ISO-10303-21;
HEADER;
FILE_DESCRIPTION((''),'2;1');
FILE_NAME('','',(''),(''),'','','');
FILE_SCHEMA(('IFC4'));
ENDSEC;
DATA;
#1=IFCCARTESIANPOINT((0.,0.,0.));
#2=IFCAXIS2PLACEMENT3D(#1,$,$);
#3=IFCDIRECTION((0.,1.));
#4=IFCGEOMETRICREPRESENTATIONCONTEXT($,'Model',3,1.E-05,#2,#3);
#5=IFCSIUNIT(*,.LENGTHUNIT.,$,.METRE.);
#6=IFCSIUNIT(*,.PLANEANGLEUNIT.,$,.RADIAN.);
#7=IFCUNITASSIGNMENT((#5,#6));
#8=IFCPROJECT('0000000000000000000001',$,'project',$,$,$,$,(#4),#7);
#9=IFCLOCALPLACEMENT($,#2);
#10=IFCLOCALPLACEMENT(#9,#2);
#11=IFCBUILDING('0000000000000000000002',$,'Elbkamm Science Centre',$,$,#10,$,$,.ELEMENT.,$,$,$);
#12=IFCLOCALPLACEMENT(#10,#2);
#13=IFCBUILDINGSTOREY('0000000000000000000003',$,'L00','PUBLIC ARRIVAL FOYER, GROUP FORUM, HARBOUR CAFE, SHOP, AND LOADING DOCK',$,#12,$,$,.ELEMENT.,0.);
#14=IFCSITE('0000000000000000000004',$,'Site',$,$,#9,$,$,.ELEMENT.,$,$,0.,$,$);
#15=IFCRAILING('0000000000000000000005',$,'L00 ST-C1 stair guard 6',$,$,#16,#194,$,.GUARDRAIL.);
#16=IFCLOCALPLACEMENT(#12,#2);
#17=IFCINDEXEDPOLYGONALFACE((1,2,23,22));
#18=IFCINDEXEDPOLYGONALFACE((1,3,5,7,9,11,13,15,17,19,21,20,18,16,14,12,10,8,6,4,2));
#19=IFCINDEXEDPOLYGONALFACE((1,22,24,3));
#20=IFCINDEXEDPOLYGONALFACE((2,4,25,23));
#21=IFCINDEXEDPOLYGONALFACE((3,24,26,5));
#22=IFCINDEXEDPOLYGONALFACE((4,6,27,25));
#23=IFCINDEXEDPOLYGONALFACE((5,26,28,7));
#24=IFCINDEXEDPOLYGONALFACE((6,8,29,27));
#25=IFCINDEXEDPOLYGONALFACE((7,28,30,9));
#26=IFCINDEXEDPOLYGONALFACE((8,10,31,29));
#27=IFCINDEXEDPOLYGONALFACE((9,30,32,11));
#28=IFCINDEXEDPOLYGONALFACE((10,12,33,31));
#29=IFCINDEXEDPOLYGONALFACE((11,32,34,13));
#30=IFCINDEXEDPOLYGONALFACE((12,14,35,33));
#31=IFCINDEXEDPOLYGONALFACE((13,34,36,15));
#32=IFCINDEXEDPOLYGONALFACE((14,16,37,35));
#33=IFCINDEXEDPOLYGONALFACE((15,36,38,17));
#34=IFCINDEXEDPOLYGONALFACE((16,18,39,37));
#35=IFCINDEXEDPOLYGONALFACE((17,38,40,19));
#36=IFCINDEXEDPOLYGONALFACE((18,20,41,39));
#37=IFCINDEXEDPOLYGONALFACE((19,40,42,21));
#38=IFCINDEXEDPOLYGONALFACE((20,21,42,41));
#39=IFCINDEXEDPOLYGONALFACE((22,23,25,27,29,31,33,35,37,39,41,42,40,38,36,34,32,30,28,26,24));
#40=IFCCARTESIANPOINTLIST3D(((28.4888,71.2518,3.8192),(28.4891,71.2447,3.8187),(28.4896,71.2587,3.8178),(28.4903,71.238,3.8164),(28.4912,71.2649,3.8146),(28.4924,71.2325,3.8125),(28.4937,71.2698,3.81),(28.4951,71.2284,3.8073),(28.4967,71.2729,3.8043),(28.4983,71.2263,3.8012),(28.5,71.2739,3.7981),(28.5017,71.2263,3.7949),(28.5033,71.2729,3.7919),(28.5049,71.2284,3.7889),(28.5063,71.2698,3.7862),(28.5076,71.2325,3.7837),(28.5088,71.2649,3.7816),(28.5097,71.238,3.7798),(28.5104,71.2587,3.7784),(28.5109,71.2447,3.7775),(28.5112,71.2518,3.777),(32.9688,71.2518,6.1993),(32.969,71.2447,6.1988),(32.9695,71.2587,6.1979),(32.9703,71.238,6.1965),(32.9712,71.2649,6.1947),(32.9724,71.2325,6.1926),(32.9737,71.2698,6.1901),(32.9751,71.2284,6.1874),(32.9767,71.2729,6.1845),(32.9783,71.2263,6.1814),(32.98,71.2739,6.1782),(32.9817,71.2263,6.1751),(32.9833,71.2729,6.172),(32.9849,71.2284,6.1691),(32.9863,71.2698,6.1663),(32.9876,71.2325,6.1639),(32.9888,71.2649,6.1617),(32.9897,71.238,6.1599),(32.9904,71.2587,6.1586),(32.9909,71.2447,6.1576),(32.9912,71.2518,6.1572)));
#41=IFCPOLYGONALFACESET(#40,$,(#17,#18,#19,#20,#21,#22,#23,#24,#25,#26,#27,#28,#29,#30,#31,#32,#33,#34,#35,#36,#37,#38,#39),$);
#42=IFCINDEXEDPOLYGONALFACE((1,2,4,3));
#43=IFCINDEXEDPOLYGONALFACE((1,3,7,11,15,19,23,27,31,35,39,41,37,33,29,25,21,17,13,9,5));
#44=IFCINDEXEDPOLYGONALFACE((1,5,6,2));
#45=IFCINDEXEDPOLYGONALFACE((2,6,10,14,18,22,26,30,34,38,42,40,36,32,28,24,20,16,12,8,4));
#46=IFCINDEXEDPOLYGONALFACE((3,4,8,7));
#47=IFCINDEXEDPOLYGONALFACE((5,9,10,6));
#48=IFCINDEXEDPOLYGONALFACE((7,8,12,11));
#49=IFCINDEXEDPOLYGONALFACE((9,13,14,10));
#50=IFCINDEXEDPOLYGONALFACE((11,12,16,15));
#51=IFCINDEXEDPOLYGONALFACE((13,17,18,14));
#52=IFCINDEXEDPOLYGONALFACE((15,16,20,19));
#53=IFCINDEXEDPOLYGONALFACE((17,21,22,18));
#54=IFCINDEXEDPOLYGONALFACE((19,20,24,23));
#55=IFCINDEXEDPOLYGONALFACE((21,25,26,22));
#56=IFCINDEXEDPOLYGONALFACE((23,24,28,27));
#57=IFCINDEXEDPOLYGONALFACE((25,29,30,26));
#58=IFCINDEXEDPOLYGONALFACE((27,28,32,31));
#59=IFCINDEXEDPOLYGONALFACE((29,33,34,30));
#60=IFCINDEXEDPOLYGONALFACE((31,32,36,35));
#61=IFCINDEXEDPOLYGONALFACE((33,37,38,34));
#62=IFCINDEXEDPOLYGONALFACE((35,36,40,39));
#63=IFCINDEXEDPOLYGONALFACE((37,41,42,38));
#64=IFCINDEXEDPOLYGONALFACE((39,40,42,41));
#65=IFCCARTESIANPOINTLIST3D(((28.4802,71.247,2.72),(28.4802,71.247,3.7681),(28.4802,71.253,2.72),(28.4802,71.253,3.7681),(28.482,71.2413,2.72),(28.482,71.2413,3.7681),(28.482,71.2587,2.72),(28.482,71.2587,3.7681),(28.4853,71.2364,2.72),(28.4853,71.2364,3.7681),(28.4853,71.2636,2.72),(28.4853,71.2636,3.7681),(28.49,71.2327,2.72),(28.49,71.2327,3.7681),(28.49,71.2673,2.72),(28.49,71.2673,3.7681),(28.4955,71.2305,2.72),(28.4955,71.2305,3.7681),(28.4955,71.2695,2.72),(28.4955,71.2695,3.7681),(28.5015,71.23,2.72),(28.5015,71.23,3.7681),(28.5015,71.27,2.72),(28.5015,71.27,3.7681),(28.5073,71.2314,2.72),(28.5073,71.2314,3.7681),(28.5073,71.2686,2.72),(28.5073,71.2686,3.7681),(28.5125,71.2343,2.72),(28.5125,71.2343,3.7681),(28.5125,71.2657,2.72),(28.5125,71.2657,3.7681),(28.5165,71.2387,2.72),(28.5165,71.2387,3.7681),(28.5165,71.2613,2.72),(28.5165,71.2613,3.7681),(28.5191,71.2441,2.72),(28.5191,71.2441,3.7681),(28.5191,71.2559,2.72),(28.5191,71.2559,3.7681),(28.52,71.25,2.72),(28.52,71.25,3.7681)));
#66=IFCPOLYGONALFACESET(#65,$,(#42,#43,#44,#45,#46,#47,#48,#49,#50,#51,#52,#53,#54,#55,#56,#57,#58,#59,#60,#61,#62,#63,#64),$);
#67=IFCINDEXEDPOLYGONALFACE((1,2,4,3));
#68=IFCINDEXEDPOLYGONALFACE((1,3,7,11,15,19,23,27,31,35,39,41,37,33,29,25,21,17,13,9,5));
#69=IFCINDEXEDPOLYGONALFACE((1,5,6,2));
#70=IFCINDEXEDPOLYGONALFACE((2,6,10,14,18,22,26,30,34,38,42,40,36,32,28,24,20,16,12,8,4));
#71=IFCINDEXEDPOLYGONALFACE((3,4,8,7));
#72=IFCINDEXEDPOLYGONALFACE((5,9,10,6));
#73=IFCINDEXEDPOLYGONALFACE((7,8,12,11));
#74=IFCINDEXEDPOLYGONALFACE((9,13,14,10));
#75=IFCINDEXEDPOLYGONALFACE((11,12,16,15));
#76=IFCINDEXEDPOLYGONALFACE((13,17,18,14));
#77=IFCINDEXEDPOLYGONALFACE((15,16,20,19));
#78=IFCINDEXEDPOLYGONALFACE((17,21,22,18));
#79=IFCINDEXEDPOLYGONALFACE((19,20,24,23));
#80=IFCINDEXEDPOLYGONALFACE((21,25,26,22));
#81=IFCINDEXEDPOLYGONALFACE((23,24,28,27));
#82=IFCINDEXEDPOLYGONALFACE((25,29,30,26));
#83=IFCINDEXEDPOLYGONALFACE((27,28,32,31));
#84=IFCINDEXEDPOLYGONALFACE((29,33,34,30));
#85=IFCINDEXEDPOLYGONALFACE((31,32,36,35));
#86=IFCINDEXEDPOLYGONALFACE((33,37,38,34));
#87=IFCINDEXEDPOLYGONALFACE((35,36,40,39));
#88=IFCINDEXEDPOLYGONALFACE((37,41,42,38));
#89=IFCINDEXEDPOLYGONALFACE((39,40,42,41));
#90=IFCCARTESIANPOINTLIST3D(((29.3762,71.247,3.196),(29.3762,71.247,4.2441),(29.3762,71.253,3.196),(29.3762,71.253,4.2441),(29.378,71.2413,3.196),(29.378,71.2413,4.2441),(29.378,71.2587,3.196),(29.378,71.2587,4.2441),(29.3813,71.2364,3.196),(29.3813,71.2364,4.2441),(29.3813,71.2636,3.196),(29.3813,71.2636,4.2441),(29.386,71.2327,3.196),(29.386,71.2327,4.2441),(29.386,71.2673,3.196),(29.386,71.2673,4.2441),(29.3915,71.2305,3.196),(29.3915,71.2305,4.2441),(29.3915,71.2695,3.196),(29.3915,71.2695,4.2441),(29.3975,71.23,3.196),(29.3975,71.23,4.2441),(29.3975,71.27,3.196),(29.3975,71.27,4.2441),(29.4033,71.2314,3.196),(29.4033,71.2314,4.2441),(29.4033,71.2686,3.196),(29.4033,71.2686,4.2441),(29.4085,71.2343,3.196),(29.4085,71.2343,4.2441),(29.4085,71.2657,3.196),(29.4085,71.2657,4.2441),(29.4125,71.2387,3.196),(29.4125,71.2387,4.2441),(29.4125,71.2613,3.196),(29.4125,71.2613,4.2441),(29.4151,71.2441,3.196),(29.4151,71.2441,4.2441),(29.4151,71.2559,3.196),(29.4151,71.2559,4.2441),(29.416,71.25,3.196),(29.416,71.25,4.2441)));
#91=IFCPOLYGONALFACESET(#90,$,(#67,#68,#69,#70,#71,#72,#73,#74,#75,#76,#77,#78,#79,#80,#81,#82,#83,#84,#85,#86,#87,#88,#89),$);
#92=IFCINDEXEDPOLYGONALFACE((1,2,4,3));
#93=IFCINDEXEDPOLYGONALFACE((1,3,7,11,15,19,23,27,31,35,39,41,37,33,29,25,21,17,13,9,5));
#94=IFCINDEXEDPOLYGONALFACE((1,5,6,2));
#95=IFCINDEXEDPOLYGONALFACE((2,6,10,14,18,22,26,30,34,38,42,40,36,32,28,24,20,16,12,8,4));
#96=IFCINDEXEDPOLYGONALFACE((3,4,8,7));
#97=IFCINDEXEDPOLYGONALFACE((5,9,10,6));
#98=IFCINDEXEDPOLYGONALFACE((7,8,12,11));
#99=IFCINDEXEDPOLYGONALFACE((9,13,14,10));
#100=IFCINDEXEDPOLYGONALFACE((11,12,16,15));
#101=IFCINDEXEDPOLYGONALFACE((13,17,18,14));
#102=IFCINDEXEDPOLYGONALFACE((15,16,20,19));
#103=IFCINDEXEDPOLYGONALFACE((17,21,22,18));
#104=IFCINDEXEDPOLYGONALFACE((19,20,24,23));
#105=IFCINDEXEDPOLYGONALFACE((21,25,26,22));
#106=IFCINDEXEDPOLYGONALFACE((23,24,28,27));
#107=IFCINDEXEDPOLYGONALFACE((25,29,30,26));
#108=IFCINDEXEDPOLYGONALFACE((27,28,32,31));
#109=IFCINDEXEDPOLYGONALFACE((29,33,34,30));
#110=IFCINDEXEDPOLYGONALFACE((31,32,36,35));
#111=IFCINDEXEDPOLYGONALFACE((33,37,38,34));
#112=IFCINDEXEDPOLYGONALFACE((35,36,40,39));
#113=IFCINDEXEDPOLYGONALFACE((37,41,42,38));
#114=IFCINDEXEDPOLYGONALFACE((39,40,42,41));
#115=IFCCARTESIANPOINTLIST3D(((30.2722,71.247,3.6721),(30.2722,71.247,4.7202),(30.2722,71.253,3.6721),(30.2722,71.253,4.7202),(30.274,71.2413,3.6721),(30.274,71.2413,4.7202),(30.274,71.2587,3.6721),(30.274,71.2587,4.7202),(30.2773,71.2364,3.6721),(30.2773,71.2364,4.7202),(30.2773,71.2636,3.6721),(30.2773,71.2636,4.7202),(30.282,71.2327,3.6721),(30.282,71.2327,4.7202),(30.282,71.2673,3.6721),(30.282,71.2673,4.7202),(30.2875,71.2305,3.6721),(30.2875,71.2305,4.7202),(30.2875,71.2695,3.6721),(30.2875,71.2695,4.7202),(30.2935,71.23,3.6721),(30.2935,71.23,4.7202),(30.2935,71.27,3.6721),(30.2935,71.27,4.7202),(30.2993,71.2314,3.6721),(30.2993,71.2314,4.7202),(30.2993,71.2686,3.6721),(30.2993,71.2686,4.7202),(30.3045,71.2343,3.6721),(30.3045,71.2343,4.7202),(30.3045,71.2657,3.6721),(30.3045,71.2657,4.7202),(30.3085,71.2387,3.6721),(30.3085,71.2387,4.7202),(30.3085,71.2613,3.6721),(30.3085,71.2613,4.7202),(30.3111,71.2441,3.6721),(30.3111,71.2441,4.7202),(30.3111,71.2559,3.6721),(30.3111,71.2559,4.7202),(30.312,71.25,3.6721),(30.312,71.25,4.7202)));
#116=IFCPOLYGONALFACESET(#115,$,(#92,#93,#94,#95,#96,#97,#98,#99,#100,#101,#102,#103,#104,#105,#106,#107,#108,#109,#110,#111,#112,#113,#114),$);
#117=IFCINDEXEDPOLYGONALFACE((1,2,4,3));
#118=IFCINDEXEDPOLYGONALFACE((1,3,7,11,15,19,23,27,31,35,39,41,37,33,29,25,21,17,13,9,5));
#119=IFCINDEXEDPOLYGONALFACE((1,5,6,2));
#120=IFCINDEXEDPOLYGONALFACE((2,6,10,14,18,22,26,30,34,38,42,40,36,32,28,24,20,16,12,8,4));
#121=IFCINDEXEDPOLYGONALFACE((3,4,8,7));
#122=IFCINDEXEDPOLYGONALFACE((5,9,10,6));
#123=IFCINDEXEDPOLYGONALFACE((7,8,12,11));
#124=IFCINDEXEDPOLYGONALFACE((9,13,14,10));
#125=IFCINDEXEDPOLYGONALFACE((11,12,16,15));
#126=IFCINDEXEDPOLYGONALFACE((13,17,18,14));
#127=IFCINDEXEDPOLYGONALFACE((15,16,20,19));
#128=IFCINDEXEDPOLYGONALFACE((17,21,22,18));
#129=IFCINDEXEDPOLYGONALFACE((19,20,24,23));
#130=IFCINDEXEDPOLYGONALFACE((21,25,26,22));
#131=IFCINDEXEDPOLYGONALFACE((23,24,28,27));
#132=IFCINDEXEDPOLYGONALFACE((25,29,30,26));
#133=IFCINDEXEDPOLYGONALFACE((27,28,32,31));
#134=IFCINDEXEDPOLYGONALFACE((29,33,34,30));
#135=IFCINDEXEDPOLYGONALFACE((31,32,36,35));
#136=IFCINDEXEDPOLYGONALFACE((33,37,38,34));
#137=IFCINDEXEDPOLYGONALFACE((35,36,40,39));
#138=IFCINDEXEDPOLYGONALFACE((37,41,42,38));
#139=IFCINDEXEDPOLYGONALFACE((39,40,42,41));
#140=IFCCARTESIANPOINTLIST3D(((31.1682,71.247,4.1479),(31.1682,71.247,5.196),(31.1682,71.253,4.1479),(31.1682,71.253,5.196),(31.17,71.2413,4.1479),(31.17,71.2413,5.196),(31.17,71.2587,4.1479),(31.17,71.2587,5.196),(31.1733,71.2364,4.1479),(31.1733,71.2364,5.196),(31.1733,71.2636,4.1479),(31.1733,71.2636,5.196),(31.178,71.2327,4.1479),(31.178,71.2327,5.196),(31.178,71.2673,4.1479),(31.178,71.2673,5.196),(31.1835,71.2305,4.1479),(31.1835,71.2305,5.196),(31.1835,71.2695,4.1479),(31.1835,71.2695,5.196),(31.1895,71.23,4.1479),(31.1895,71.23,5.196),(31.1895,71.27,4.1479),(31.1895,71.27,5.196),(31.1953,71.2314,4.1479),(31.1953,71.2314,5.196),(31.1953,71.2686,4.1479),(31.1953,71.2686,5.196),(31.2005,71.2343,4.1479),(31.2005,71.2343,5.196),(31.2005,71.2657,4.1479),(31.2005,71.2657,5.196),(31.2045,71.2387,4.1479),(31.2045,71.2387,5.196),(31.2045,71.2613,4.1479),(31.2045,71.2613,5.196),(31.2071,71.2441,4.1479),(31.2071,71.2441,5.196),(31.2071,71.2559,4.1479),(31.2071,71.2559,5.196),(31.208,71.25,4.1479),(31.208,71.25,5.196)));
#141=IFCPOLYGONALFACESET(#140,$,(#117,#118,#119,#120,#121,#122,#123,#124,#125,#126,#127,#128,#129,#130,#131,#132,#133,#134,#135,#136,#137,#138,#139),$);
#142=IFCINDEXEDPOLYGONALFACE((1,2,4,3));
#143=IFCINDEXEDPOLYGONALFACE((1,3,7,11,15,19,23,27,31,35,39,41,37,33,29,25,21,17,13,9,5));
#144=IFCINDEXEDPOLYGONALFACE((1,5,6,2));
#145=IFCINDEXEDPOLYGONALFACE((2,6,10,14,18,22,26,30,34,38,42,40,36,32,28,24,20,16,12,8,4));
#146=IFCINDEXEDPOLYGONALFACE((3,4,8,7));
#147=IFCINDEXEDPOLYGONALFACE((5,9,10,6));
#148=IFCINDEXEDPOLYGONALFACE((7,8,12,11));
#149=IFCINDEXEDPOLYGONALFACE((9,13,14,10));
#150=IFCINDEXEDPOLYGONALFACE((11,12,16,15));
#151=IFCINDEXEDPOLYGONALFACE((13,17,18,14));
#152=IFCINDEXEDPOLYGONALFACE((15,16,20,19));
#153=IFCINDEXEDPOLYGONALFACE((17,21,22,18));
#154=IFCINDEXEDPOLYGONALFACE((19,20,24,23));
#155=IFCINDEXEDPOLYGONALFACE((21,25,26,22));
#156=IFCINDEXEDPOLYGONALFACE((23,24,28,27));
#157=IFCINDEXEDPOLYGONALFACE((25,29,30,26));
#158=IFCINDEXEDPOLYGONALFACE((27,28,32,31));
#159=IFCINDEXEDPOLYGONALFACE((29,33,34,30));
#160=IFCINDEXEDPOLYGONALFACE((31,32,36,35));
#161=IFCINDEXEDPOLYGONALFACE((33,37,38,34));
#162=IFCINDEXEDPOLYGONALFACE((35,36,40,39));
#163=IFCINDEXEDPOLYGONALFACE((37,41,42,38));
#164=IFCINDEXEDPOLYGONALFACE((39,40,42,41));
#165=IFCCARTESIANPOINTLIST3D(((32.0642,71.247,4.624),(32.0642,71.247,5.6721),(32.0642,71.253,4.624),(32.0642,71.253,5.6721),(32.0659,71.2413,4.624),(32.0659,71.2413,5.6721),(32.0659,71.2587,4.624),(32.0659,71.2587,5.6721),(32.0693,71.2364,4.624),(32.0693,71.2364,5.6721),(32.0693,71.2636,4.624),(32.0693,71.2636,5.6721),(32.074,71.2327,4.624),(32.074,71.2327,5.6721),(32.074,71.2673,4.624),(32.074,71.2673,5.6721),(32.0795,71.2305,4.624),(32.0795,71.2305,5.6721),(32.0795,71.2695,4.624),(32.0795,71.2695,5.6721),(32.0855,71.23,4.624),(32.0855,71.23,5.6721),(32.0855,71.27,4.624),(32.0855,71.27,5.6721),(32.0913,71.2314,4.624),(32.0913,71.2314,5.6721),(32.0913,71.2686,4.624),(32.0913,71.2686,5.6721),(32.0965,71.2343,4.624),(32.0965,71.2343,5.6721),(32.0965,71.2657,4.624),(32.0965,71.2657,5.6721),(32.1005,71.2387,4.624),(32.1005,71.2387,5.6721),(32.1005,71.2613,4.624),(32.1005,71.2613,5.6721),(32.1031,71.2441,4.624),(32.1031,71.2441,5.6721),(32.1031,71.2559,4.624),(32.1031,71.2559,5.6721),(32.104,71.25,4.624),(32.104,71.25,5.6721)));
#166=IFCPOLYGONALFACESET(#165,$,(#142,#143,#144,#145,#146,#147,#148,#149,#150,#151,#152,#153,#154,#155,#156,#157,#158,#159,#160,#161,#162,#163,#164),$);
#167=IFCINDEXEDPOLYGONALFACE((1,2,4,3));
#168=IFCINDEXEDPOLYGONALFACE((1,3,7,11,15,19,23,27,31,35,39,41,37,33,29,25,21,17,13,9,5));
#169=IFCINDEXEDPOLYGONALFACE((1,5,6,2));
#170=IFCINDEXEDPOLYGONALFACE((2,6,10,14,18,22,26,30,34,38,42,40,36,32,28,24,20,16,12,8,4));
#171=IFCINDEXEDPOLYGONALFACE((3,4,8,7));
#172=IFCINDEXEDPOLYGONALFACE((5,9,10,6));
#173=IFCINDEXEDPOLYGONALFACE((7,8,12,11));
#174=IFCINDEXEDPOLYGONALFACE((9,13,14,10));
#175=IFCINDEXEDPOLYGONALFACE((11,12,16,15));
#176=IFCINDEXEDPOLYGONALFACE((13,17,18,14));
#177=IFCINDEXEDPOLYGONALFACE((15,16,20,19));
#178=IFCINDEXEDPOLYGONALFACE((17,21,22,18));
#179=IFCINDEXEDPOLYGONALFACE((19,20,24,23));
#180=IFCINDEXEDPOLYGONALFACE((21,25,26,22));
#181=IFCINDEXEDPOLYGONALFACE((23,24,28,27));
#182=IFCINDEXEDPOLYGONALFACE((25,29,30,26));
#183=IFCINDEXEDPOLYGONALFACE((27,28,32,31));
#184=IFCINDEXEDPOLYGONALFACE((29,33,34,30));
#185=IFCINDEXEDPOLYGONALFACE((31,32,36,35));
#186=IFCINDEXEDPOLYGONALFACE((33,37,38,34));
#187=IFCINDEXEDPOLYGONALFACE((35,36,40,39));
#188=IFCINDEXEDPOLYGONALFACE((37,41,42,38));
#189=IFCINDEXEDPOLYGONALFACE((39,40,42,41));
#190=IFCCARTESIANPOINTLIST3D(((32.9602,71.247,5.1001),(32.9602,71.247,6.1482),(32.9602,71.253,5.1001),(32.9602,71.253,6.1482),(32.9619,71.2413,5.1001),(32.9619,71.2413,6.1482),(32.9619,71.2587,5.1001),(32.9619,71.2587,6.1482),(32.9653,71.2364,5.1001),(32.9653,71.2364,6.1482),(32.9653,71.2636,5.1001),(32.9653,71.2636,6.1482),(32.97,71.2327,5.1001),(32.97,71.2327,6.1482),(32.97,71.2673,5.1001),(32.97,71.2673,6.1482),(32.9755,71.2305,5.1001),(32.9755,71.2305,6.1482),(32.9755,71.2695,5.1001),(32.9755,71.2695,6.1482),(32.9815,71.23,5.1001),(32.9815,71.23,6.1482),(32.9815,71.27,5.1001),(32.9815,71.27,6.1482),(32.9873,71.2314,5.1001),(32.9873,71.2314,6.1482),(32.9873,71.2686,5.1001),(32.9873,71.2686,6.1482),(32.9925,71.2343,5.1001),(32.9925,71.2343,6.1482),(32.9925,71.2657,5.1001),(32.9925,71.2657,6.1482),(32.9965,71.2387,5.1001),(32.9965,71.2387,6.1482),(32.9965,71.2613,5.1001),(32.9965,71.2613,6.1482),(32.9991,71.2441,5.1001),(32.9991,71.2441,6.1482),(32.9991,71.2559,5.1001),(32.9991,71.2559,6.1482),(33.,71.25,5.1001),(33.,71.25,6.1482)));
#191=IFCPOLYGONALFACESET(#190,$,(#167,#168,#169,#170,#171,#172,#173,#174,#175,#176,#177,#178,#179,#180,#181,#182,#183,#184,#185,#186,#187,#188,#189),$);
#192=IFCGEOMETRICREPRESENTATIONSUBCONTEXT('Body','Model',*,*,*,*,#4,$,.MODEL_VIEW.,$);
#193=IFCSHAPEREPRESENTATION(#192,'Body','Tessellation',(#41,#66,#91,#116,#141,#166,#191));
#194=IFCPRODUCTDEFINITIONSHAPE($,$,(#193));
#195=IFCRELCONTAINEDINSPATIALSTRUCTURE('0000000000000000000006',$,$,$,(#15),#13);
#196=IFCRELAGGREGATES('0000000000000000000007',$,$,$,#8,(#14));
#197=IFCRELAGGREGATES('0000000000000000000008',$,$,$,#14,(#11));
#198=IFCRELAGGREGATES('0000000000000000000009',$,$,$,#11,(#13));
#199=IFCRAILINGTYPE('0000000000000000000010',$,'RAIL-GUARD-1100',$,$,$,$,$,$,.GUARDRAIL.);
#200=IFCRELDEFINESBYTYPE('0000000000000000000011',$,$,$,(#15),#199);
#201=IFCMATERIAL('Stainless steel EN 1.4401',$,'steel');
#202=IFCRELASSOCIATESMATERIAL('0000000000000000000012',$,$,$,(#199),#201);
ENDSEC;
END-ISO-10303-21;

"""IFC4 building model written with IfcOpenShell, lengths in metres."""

from ifc_helpers import new_model, si_unit, direction, frame, origin, origin_2d, place, context, subcontext, project, spatial, circle, extrude, material, type_object, element, save


model = new_model("IFC4")

# Units and contexts
model_context = context("Model", 3, precision=1e-05, world=origin(), true_north=direction((0.0, 1.0)))
body_context = subcontext(model_context, "Body", "Model", "MODEL_VIEW")
ifc_project = project(units=[si_unit("LENGTHUNIT", "METRE"), si_unit("PLANEANGLEUNIT", "RADIAN")], contexts=[model_context])

# Site, building, storey
site_placement = place(None, origin())
site = spatial("IfcSite", under=ifc_project, at=site_placement, Name="Site", CompositionType="ELEMENT", RefElevation=0.0)
building_placement = place(site_placement, origin())
building = spatial("IfcBuilding", under=site, at=building_placement, Name="Elbkamm Science Centre", CompositionType="ELEMENT")
storey_placement = place(building_placement, origin())
storey = spatial("IfcBuildingStorey", under=building, at=storey_placement, Name="L00", Description="PUBLIC ARRIVAL FOYER, GROUP FORUM, HARBOUR CAFE, SHOP, AND LOADING DOCK", CompositionType="ELEMENT", Elevation=0.0)

# Railing
ifc_material_1 = material(Name="Stainless steel EN 1.4401", Category="steel")
railing_type_1 = type_object("IfcRailingType", Name="RAIL-GUARD-1100", PredefinedType="GUARDRAIL", material=ifc_material_1)
railing_1_placement = place(storey_placement, frame((28.5, 71.25, 2.72)))
element("IfcRailing", 1, at=railing_1_placement, inside=storey, type_object=railing_type_1, Name="L00 ST-C1 stair guard 6", PredefinedType="GUARDRAIL", context=body_context, shape_type="SweptSolid", body=[
    extrude(circle(Radius=0.0239, at=origin_2d()), frame((0.0, 0.0, 1.0781), z_axis=(0.883105, 0.0, 0.469176), x_axis=(0.0, 1.0, 0.0)), (0.0, 0.0, 1.0), 5.073),
    extrude(circle(Radius=0.02, at=origin_2d()), origin(), (0.0, 0.0, 1.0), 1.0481),
    extrude(circle(Radius=0.02, at=origin_2d()), frame((0.896, 0.0, 0.4761)), (0.0, 0.0, 1.0), 1.0481),
    extrude(circle(Radius=0.02, at=origin_2d()), frame((1.792, 0.0, 0.9521)), (0.0, 0.0, 1.0), 1.0481),
    extrude(circle(Radius=0.02, at=origin_2d()), frame((2.688, 0.0, 1.428)), (0.0, 0.0, 1.0), 1.0481),
    extrude(circle(Radius=0.02, at=origin_2d()), frame((3.584, 0.0, 1.9041)), (0.0, 0.0, 1.0), 1.0481),
    extrude(circle(Radius=0.02, at=origin_2d()), frame((4.48, 0.0, 2.3801)), (0.0, 0.0, 1.0), 1.0481),
])

save(model, "model.ifc")
